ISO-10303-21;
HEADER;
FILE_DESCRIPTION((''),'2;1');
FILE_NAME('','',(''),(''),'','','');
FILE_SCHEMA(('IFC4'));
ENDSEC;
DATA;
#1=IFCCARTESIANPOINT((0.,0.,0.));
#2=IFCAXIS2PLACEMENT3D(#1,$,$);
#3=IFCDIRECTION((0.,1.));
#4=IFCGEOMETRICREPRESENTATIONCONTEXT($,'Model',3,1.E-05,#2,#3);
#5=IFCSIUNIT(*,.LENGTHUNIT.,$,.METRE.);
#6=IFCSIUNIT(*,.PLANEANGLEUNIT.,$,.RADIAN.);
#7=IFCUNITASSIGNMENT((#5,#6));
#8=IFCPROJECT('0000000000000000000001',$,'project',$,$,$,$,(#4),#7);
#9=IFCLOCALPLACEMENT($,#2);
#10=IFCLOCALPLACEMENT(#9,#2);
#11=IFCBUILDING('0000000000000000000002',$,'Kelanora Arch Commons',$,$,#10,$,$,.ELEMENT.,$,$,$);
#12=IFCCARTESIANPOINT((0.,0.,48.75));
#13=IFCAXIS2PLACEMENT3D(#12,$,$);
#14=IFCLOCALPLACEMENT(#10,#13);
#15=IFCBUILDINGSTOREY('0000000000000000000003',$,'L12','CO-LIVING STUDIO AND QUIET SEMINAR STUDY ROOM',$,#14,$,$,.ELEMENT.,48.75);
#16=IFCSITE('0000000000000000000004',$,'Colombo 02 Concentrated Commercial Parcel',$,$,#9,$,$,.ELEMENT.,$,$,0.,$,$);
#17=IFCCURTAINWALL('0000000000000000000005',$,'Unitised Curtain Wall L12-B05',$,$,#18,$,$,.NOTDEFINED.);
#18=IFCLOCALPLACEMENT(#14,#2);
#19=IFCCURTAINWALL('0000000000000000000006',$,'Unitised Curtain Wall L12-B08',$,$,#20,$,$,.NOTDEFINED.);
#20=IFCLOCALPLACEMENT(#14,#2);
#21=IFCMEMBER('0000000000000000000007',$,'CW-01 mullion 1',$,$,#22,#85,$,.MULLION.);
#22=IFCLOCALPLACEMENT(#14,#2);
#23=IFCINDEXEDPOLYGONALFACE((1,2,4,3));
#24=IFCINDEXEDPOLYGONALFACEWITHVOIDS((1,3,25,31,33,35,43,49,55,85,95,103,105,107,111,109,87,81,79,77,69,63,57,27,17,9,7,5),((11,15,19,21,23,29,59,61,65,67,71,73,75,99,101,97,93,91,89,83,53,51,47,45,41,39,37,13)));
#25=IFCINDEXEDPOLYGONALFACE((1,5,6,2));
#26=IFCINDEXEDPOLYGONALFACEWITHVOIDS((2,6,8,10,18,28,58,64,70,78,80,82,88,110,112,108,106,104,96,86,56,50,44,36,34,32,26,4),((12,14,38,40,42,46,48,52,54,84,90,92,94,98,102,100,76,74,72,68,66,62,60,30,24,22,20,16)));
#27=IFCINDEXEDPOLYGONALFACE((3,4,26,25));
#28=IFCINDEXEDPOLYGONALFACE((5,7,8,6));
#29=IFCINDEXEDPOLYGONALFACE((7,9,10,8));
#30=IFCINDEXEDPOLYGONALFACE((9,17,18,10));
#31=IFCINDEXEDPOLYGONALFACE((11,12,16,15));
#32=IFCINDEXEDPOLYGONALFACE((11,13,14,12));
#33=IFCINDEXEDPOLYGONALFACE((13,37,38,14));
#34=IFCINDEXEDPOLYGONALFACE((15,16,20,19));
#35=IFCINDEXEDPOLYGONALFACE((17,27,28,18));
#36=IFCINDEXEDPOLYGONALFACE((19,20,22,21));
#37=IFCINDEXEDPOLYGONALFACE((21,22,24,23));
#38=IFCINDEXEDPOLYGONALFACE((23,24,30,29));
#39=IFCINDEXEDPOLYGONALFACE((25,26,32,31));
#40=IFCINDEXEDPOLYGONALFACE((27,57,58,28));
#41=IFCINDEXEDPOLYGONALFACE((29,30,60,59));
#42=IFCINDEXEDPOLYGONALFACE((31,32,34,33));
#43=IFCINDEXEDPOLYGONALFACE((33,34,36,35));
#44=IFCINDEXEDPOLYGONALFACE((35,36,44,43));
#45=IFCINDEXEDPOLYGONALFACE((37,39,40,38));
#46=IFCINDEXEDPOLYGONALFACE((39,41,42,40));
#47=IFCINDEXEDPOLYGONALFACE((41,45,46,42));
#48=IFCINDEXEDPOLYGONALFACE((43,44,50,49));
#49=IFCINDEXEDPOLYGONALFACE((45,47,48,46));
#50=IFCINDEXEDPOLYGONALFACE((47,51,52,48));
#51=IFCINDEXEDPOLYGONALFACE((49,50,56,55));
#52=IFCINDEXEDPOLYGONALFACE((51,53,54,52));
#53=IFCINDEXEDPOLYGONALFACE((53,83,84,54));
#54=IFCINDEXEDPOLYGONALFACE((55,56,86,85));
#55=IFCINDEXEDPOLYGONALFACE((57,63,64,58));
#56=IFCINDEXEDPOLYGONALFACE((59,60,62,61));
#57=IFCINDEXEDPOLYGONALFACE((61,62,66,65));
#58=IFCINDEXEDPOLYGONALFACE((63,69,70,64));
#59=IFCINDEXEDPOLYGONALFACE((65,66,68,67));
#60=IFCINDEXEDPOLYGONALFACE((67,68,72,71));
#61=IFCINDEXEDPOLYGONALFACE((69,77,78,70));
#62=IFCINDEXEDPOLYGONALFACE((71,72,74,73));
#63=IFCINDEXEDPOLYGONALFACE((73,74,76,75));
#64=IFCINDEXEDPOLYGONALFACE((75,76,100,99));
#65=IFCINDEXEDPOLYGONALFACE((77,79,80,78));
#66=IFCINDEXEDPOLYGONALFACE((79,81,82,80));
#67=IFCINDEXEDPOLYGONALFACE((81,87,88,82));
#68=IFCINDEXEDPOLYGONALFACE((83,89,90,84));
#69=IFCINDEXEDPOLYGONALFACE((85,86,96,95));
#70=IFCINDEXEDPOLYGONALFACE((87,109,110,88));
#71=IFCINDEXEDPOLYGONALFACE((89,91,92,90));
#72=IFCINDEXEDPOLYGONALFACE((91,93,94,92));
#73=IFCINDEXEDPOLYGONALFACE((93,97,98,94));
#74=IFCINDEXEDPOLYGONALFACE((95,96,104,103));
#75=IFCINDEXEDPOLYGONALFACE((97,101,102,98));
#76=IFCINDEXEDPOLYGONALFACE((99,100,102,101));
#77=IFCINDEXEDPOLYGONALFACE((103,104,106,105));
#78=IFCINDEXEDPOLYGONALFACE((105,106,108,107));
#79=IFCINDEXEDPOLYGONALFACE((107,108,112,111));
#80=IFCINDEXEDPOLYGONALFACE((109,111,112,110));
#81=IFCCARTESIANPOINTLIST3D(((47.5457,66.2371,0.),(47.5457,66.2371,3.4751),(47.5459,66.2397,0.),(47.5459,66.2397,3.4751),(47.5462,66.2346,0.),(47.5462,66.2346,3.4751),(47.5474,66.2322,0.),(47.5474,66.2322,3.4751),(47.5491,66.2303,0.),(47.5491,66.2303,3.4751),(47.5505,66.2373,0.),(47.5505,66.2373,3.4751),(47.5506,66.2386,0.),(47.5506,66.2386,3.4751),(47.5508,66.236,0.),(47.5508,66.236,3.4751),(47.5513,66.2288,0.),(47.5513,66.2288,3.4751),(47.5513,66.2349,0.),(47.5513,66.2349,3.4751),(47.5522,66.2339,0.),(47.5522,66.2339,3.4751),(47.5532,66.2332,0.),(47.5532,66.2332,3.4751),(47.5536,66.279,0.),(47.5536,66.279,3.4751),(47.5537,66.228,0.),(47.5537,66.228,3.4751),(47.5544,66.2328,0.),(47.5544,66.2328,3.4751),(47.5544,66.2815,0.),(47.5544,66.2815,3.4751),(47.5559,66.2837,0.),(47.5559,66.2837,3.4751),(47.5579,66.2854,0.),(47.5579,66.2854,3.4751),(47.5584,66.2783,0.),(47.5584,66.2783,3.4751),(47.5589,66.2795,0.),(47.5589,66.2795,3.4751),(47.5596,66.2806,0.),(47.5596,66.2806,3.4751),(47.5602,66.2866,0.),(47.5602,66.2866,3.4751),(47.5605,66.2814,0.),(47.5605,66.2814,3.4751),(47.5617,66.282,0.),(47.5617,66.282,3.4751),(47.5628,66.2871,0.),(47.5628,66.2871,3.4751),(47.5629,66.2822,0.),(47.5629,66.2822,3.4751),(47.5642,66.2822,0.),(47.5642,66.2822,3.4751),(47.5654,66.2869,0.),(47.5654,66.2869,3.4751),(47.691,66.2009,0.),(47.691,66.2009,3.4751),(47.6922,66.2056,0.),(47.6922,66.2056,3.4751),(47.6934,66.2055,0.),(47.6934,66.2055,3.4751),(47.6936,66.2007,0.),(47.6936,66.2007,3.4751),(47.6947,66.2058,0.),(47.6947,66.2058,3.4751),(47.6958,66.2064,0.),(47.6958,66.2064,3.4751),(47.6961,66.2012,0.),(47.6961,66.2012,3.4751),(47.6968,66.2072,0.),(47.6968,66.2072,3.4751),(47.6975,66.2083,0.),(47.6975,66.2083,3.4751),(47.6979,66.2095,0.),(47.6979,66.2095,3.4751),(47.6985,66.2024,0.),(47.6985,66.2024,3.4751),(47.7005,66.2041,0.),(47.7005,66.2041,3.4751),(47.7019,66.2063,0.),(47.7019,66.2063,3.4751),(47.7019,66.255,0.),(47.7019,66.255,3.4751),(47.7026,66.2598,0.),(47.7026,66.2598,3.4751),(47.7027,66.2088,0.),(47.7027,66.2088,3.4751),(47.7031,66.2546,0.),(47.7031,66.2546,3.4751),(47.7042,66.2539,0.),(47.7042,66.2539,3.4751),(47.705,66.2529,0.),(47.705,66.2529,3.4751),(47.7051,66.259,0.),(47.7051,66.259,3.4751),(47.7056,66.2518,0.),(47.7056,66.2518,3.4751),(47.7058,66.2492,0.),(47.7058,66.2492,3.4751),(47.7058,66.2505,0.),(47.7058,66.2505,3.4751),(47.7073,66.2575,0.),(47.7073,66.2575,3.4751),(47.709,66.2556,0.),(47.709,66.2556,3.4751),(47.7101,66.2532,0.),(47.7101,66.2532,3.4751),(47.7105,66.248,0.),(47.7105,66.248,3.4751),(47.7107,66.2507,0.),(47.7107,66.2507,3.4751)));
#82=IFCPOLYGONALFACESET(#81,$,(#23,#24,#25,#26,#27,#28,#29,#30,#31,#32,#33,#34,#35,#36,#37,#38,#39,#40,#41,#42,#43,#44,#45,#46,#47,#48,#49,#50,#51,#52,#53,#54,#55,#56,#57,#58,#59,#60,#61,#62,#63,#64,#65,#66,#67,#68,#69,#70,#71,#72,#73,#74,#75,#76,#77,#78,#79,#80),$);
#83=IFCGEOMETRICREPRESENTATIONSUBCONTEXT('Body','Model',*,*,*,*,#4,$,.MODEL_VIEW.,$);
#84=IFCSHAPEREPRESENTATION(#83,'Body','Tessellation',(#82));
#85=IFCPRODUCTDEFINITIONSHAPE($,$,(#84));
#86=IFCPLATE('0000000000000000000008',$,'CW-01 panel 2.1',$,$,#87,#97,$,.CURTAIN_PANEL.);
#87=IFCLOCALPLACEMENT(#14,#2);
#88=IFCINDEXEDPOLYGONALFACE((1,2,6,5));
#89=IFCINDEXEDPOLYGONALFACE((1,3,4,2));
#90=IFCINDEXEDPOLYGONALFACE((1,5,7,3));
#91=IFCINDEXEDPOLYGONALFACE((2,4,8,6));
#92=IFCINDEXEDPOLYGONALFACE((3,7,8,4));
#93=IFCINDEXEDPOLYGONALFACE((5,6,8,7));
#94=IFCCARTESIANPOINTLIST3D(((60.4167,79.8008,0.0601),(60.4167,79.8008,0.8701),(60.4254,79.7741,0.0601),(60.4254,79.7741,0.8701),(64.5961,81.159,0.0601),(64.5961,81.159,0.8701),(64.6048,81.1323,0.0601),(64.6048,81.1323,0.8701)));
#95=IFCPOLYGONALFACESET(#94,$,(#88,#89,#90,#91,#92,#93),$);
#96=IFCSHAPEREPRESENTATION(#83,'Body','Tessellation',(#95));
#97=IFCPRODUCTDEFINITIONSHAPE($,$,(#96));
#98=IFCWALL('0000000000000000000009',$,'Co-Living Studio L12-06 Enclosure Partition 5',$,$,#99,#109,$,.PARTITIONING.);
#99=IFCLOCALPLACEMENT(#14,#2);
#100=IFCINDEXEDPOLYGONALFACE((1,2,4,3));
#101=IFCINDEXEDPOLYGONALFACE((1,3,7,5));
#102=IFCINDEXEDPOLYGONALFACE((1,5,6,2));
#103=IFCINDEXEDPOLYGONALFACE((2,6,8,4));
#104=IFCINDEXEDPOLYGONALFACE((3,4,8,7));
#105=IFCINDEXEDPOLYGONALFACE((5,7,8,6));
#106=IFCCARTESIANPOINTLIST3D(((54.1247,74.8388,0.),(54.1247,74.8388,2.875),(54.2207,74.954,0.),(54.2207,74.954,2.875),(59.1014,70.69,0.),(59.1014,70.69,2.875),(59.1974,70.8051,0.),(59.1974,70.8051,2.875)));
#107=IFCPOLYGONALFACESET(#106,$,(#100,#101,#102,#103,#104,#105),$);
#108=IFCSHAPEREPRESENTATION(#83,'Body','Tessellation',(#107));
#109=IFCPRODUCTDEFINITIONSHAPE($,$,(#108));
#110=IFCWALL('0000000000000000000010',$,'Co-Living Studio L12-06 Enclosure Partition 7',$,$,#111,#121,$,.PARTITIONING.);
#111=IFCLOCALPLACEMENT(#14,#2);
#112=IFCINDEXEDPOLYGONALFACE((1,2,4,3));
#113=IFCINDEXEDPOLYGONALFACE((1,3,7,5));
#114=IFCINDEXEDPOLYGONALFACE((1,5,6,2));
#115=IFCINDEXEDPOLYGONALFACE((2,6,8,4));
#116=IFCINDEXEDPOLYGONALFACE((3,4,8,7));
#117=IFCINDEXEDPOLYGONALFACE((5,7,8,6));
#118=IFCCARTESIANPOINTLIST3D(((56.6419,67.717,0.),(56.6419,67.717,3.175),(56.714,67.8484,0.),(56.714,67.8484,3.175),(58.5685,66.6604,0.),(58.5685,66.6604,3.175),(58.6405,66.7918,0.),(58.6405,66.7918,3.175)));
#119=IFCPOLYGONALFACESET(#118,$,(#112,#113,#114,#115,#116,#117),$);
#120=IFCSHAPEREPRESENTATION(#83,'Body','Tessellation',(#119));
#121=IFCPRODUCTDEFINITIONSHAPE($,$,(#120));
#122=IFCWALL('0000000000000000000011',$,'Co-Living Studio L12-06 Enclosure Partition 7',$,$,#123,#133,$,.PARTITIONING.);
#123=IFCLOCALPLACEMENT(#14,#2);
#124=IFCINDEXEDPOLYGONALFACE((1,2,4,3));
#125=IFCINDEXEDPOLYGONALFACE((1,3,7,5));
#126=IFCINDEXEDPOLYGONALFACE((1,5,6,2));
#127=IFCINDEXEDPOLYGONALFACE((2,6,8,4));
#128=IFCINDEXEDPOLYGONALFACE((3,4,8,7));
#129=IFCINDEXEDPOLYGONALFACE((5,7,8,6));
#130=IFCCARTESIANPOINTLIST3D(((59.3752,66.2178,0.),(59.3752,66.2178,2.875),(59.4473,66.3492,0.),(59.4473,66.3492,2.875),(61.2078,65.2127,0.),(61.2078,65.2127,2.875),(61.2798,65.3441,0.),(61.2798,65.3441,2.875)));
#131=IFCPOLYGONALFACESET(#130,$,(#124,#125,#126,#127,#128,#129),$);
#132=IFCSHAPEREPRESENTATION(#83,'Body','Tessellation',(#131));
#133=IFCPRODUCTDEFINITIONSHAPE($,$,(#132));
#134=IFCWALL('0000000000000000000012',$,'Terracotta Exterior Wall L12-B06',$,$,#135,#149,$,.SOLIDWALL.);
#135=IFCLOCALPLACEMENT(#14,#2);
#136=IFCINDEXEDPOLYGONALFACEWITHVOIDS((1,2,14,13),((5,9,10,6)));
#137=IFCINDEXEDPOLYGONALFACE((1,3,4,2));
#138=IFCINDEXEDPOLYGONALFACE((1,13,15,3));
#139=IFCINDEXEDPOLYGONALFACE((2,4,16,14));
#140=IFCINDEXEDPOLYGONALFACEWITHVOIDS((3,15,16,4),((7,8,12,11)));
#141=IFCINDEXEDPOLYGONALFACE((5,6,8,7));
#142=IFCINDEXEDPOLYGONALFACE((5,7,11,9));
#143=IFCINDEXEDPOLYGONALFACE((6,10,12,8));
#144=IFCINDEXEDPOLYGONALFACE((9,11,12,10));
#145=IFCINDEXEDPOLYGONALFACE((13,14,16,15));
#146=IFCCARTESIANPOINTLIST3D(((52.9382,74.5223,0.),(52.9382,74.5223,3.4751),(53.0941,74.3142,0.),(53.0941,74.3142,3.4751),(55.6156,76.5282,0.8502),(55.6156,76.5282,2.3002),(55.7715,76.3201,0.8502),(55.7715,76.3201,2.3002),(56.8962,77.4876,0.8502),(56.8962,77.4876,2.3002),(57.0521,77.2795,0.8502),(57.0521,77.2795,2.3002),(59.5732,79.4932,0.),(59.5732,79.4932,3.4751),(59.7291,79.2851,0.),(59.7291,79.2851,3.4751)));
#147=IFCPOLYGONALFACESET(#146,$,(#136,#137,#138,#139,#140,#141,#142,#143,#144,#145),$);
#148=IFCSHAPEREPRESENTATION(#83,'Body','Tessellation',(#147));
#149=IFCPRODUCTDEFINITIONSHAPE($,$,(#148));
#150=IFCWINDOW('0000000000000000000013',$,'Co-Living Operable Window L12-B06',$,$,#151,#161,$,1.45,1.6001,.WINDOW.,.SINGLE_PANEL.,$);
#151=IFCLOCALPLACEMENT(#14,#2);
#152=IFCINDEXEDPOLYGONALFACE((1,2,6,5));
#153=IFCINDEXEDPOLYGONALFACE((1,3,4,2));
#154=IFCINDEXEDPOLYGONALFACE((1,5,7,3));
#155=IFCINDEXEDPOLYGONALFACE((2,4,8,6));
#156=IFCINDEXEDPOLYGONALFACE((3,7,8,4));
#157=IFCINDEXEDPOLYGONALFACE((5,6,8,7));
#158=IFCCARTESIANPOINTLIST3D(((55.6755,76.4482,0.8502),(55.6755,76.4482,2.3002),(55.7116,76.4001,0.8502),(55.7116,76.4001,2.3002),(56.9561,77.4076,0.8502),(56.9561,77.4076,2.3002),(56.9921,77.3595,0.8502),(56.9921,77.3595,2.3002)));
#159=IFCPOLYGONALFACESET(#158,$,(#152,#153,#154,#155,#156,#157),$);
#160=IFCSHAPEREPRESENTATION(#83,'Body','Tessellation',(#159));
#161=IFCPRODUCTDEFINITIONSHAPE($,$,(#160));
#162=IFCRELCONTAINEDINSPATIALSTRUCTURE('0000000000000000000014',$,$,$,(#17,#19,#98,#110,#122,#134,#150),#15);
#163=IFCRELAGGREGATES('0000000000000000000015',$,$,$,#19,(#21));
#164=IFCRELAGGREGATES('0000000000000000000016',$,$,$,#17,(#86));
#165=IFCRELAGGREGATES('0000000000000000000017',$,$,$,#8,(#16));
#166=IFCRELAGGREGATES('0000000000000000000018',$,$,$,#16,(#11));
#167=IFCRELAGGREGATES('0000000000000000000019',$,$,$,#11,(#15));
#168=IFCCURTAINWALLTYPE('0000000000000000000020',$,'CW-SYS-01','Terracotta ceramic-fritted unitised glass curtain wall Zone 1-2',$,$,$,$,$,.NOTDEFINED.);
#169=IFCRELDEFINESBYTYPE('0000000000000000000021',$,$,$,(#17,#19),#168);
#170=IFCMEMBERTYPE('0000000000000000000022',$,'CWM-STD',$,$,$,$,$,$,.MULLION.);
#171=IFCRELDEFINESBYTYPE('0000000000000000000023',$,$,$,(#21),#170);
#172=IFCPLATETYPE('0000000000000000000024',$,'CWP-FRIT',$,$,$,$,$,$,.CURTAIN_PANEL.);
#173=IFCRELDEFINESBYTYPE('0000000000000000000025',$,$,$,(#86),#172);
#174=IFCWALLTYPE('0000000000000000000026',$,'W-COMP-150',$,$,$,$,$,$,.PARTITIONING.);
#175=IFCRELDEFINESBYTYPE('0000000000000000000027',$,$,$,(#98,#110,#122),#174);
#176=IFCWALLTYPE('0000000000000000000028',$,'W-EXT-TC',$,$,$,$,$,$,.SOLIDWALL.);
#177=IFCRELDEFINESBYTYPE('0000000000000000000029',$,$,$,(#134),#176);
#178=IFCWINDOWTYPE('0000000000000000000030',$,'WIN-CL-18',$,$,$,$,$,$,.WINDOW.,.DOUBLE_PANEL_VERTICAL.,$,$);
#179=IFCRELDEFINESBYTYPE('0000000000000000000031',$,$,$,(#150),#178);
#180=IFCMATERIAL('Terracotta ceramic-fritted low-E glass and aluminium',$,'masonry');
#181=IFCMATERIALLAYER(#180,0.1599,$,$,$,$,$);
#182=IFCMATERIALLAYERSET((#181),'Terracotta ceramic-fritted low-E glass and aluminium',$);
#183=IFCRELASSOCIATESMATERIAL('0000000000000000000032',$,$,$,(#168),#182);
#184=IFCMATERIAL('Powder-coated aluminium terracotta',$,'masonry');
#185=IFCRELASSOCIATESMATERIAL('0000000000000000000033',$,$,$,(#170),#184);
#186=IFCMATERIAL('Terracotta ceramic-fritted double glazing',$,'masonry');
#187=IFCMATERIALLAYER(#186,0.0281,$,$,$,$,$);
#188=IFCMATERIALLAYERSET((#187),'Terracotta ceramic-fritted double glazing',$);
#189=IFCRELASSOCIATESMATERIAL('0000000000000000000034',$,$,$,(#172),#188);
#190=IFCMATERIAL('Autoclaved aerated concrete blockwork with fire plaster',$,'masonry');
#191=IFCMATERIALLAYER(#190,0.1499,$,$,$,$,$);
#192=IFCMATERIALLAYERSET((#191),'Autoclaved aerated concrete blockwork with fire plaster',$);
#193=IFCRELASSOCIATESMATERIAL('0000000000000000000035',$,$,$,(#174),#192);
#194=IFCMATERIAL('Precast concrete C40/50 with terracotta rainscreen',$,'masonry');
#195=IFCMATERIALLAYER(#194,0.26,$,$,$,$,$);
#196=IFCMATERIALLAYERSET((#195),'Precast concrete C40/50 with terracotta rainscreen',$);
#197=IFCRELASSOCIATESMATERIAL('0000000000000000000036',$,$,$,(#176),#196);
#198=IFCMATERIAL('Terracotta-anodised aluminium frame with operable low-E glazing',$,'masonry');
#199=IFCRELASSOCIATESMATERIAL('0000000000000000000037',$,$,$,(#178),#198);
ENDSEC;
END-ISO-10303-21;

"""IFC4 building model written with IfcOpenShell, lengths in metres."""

from ifc_helpers import new_model, si_unit, direction, frame, frame_2d, origin, origin_2d, place, context, subcontext, project, spatial, rectangle, hollow_rectangle, extrude, source, transform, mapped, material, layer, layer_set, material_profile, profile_set, type_object, element, fill, aggregate, save


model = new_model("IFC4")

# Units and contexts
model_context = context("Model", 3, precision=1e-05, world=origin(), true_north=direction((0.0, 1.0)))
body_context = subcontext(model_context, "Body", "Model", "MODEL_VIEW")
ifc_project = project(units=[si_unit("LENGTHUNIT", "METRE"), si_unit("PLANEANGLEUNIT", "RADIAN")], contexts=[model_context])

# Site, building, storey
site_placement = place(None, origin())
site = spatial("IfcSite", under=ifc_project, at=site_placement, Name="Colombo 02 Concentrated Commercial Parcel", CompositionType="ELEMENT", RefElevation=0.0)
building_placement = place(site_placement, origin())
building = spatial("IfcBuilding", under=site, at=building_placement, Name="Kelanora Arch Commons", CompositionType="ELEMENT")
storey_placement = place(building_placement, frame((0.0, 0.0, 48.75)))
storey = spatial("IfcBuildingStorey", under=building, at=storey_placement, Name="L12", Description="CO-LIVING STUDIO AND QUIET SEMINAR STUDY ROOM", CompositionType="ELEMENT", Elevation=48.75)

# Curtain walls, member
ifc_material_1 = material(Name="Terracotta ceramic-fritted low-E glass and aluminium", Category="masonry")
ifc_layer_1 = layer(ifc_material_1, 0.1599)
ifc_layer_set_1 = layer_set([ifc_layer_1], Name="Terracotta ceramic-fritted low-E glass and aluminium")
curtain_wall_type = type_object("IfcCurtainWallType", Name="CW-SYS-01", Description="Terracotta ceramic-fritted unitised glass curtain wall Zone 1-2", PredefinedType="NOTDEFINED", material=ifc_layer_set_1)
curtain_wall_1_placement = place(storey_placement, origin())
curtain_wall_1 = element("IfcCurtainWall", 1, at=curtain_wall_1_placement, inside=storey, type_object=curtain_wall_type, Name="Unitised Curtain Wall L12-B05", PredefinedType="NOTDEFINED")
ifc_material_2 = material(Name="Powder-coated aluminium terracotta", Category="masonry")
ifc_material_profile_1 = material_profile(ifc_material_2, hollow_rectangle(XDim=0.1599, YDim=0.0601, WallThickness=0.0049, InnerFilletRadius=0.0049, OuterFilletRadius=0.01, at=origin_2d()), Name="CWM160x60")
ifc_profile_set_1 = profile_set([ifc_material_profile_1], Name="Powder-coated aluminium terracotta")
member_type = type_object("IfcMemberType", Name="CWM-STD", PredefinedType="MULLION", material=ifc_profile_set_1)
curtain_wall_2_placement = place(storey_placement, origin())
curtain_wall_2 = element("IfcCurtainWall", 2, at=curtain_wall_2_placement, inside=storey, type_object=curtain_wall_type, Name="Unitised Curtain Wall L12-B08", PredefinedType="NOTDEFINED")
member_1_placement = place(storey_placement, frame((47.6282, 66.2439, 0.0), z_axis=(0.0, 0.0, 1.0), x_axis=(0.981052, -0.193744, 0.0)))
member_1 = element("IfcMember", 3, at=member_1_placement, type_object=member_type, Name="CW-01 mullion 1", PredefinedType="MULLION", context=body_context, shape_type="SweptSolid", body=[
    extrude(hollow_rectangle(XDim=0.1599, YDim=0.0601, WallThickness=0.0049, InnerFilletRadius=0.0049, OuterFilletRadius=0.01, at=origin_2d()), origin(), (0.0, 0.0, 1.0), 3.4751),
])
aggregate(curtain_wall_2, [member_1])

# Plate
ifc_material_3 = material(Name="Terracotta ceramic-fritted double glazing", Category="masonry")
ifc_layer_2 = layer(ifc_material_3, 0.0281)
ifc_layer_set_2 = layer_set([ifc_layer_2], Name="Terracotta ceramic-fritted double glazing")
plate_type = type_object("IfcPlateType", Name="CWP-FRIT", PredefinedType="CURTAIN_PANEL", material=ifc_layer_set_2)
shared_shape_1 = source(origin(), body_context, "Body", "SweptSolid", [
    extrude(rectangle(XDim=4.3945, YDim=0.0281, at=origin_2d()), origin(), (0.0, 0.0, 1.0), 0.8101),
])
plate_placement = place(storey_placement, frame((62.5107, 80.4666, 0.0601), z_axis=(0.0, 0.0, 1.0), x_axis=(-0.951043, -0.309058, 0.0)))
plate = element("IfcPlate", 4, at=plate_placement, type_object=plate_type, Name="CW-01 panel 2.1", PredefinedType="CURTAIN_PANEL", context=body_context, shape_type="MappedRepresentation", body=[
    mapped(shared_shape_1, transform((0.0, 0.0, 0.0), scale=1.0)),
])
aggregate(curtain_wall_1, [plate])

# Walls
ifc_material_4 = material(Name="Autoclaved aerated concrete blockwork with fire plaster", Category="masonry")
ifc_layer_3 = layer(ifc_material_4, 0.1499)
ifc_layer_set_3 = layer_set([ifc_layer_3], Name="Autoclaved aerated concrete blockwork with fire plaster")
wall_type_1 = type_object("IfcWallType", Name="W-COMP-150", PredefinedType="PARTITIONING", material=ifc_layer_set_3)
wall_1_placement = place(storey_placement, frame((54.1726, 74.8965, 0.0), z_axis=(0.0, 0.0, 1.0), x_axis=(0.768101, -0.640329, 0.0)))
element("IfcWall", 5, at=wall_1_placement, inside=storey, type_object=wall_type_1, Name="Co-Living Studio L12-06 Enclosure Partition 5", PredefinedType="PARTITIONING", context=body_context, shape_type="SweptSolid", body=[
    extrude(rectangle(XDim=6.4792, YDim=0.1499, at=frame_2d((3.2397, 0.0))), origin(), (0.0, 0.0, 1.0), 2.875),
])
wall_2_placement = place(storey_placement, frame((56.678, 67.7827, 0.0), z_axis=(0.0, 0.0, 1.0), x_axis=(0.876781, -0.48089, 0.0)))
element("IfcWall", 6, at=wall_2_placement, inside=storey, type_object=wall_type_1, Name="Co-Living Studio L12-06 Enclosure Partition 7", PredefinedType="PARTITIONING", context=body_context, shape_type="SweptSolid", body=[
    extrude(rectangle(XDim=2.1973, YDim=0.1499, at=frame_2d((1.0986, 0.0))), origin(), (0.0, 0.0, 1.0), 3.175),
])
wall_3_placement = place(storey_placement, frame((59.4114, 66.2834, 0.0), z_axis=(0.0, 0.0, 1.0), x_axis=(0.876773, -0.480905, 0.0)))
element("IfcWall", 7, at=wall_3_placement, inside=storey, type_object=wall_type_1, Name="Co-Living Studio L12-06 Enclosure Partition 7", PredefinedType="PARTITIONING", context=body_context, shape_type="SweptSolid", body=[
    extrude(rectangle(XDim=2.0901, YDim=0.1499, at=frame_2d((1.0449, 0.0))), origin(), (0.0, 0.0, 1.0), 2.875),
])

# Wall, opening, window
ifc_material_5 = material(Name="Precast concrete C40/50 with terracotta rainscreen", Category="masonry")
ifc_layer_4 = layer(ifc_material_5, 0.26)
ifc_layer_set_4 = layer_set([ifc_layer_4], Name="Precast concrete C40/50 with terracotta rainscreen")
wall_type_2 = type_object("IfcWallType", Name="W-EXT-TC", PredefinedType="SOLIDWALL", material=ifc_layer_set_4)
wall_4_placement = place(storey_placement, frame((59.6511, 79.3892, 0.0), z_axis=(0.0, 0.0, 1.0), x_axis=(-0.800307, -0.59959, 0.0)))
wall_4 = element("IfcWall", 8, at=wall_4_placement, inside=storey, type_object=wall_type_2, Name="Terracotta Exterior Wall L12-B06", PredefinedType="SOLIDWALL", context=body_context, shape_type="SweptSolid", body=[
    extrude(rectangle(XDim=8.2905, YDim=0.26, at=frame_2d((4.1453, 0.0))), origin(), (0.0, 0.0, 1.0), 3.4751),
])
opening_1_placement = place(wall_4_placement, frame((3.345, 0.0, 0.8501)))
opening_1 = element("IfcOpeningElement", 9, at=opening_1_placement, cuts=wall_4, PredefinedType="OPENING", context=body_context, shape_type="SweptSolid", body=[
    extrude(rectangle(XDim=1.6001, YDim=1.45, at=frame_2d((0.8, 0.7251))), frame((0.0, 0.1401, 0.0), z_axis=(0.0, -1.0, 0.0), x_axis=(1.0, 0.0, 0.0)), (0.0, 0.0, 1.0), 0.28),
])
ifc_material_6 = material(Name="Terracotta-anodised aluminium frame with operable low-E glazing", Category="masonry")
window_type_1 = type_object("IfcWindowType", Name="WIN-CL-18", PartitioningType="DOUBLE_PANEL_VERTICAL", PredefinedType="WINDOW", material=ifc_material_6)
window_1_placement = place(opening_1_placement, origin())
window_1 = element("IfcWindow", 10, at=window_1_placement, inside=storey, type_object=window_type_1, Name="Co-Living Operable Window L12-B06", OverallHeight=1.45, OverallWidth=1.6001, PartitioningType="SINGLE_PANEL", PredefinedType="WINDOW", context=body_context, shape_type="SweptSolid", body=[
    extrude(rectangle(XDim=1.6001, YDim=1.45, at=frame_2d((0.8, 0.7251))), frame((0.0, 0.03, 0.0), z_axis=(0.0, -1.0, 0.0), x_axis=(1.0, 0.0, 0.0)), (0.0, 0.0, 1.0), 0.0601),
])
fill(opening_1, window_1)

save(model, "model.ifc")
